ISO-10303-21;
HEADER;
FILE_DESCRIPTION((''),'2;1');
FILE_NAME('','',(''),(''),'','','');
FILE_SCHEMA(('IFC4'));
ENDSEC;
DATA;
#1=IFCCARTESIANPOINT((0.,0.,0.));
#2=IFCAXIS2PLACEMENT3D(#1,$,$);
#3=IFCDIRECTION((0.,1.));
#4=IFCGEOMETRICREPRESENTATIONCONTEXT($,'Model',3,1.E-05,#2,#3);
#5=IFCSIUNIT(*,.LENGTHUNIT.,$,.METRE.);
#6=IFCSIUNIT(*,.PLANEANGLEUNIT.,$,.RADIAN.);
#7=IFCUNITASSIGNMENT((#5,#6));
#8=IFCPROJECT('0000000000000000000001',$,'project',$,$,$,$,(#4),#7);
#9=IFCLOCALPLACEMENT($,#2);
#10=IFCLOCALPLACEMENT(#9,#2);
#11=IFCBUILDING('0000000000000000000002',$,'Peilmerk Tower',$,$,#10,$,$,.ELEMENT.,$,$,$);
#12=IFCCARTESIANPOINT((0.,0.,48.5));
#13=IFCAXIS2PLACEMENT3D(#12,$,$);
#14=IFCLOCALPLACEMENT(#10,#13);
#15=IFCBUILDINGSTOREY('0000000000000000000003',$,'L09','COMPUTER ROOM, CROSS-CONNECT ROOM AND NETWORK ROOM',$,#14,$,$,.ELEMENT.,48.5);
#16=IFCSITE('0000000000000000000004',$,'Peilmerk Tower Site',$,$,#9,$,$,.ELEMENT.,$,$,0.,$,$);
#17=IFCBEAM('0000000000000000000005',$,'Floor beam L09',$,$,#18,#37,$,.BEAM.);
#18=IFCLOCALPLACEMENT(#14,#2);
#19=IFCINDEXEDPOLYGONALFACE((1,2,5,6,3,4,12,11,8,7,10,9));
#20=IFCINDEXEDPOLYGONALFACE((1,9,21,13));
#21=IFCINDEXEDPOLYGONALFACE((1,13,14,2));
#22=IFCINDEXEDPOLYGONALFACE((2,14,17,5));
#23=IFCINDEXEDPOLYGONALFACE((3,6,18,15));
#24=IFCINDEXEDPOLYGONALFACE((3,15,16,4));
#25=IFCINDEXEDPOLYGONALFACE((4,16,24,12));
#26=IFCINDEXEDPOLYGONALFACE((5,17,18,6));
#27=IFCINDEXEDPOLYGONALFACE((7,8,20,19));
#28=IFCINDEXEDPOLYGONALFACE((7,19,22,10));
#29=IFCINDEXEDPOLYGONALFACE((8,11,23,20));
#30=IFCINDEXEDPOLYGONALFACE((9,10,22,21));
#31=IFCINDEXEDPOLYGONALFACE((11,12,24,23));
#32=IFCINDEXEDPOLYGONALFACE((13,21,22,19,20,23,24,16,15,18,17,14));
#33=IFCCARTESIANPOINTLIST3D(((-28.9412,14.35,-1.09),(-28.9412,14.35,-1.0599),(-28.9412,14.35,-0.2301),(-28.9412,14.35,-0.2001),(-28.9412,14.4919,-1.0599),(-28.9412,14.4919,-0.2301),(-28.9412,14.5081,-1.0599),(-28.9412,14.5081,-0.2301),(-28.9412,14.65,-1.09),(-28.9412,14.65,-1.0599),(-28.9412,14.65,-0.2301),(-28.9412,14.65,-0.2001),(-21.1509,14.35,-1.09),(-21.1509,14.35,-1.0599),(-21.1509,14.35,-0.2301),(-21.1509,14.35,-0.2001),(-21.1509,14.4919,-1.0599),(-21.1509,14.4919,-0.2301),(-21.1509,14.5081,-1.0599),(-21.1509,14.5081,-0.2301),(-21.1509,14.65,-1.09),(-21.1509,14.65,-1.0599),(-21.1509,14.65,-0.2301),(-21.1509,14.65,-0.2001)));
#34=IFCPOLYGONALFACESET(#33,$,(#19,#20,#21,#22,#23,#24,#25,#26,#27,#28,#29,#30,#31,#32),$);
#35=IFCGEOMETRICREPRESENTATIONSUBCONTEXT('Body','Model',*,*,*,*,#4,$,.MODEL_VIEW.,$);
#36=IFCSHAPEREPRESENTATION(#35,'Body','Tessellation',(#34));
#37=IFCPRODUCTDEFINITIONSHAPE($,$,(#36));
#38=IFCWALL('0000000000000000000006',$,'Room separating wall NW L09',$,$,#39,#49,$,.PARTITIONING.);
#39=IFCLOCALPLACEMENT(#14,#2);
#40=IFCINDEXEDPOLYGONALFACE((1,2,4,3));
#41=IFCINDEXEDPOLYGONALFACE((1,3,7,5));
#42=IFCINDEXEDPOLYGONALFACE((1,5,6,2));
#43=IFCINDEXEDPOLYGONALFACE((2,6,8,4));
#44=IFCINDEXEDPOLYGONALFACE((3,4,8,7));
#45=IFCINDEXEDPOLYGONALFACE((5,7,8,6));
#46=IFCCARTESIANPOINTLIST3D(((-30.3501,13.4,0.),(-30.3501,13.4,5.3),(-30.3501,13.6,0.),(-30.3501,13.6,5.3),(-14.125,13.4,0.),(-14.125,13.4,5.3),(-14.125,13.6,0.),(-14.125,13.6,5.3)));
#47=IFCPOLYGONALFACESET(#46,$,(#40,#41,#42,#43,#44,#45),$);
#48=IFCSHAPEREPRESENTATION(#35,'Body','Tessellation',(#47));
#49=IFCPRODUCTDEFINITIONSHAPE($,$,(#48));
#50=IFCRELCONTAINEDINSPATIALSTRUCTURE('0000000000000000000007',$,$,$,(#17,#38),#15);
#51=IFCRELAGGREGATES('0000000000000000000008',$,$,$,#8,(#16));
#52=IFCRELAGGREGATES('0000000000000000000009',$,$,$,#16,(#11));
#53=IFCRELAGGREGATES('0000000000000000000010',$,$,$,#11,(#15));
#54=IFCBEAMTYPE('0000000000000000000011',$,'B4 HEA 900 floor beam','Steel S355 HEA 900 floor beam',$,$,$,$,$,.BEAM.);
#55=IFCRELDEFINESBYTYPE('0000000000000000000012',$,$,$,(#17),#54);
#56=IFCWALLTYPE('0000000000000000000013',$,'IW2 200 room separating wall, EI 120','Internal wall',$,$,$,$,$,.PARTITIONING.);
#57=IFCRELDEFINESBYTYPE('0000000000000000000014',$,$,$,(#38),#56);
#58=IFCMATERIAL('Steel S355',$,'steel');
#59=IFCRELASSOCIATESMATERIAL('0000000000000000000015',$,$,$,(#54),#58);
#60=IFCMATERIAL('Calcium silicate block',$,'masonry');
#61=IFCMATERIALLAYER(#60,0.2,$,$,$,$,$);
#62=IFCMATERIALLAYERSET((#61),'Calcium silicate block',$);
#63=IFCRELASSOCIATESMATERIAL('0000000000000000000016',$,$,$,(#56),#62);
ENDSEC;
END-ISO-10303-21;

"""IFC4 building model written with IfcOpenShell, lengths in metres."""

from ifc_helpers import new_model, si_unit, direction, frame, frame_2d, origin, origin_2d, place, context, subcontext, project, spatial, rectangle, i_section, extrude, material, layer, layer_set, material_profile, profile_set, type_object, element, save


model = new_model("IFC4")

# Units and contexts
model_context = context("Model", 3, precision=1e-05, world=origin(), true_north=direction((0.0, 1.0)))
body_context = subcontext(model_context, "Body", "Model", "MODEL_VIEW")
ifc_project = project(units=[si_unit("LENGTHUNIT", "METRE"), si_unit("PLANEANGLEUNIT", "RADIAN")], contexts=[model_context])

# Site, building, storey
site_placement = place(None, origin())
site = spatial("IfcSite", under=ifc_project, at=site_placement, Name="Peilmerk Tower Site", CompositionType="ELEMENT", RefElevation=0.0)
building_placement = place(site_placement, origin())
building = spatial("IfcBuilding", under=site, at=building_placement, Name="Peilmerk Tower", CompositionType="ELEMENT")
storey_placement = place(building_placement, frame((0.0, 0.0, 48.5)))
storey = spatial("IfcBuildingStorey", under=building, at=storey_placement, Name="L09", Description="COMPUTER ROOM, CROSS-CONNECT ROOM AND NETWORK ROOM", CompositionType="ELEMENT", Elevation=48.5)

# Beam
ifc_material_1 = material(Name="Steel S355", Category="steel")
ifc_material_profile_1 = material_profile(ifc_material_1, i_section(OverallWidth=0.3, OverallDepth=0.8899, WebThickness=0.0161, FlangeThickness=0.03, at=origin_2d()), Name="HEA 900")
ifc_profile_set_1 = profile_set([ifc_material_profile_1], Name="Steel S355")
beam_type_1 = type_object("IfcBeamType", Name="B4 HEA 900 floor beam", Description="Steel S355 HEA 900 floor beam", PredefinedType="BEAM", material=ifc_profile_set_1)
beam_1_placement = place(storey_placement, frame((-21.1509, 14.5, -0.645), z_axis=(-1.0, 0.0, 0.0), x_axis=(0.0, -1.0, 0.0)))
element("IfcBeam", 1, at=beam_1_placement, inside=storey, type_object=beam_type_1, Name="Floor beam L09", PredefinedType="BEAM", context=body_context, shape_type="SweptSolid", body=[
    extrude(i_section(OverallWidth=0.3, OverallDepth=0.8899, WebThickness=0.0161, FlangeThickness=0.03, at=origin_2d()), origin(), (0.0, 0.0, 1.0), 7.7903),
])

# Wall
ifc_material_2 = material(Name="Calcium silicate block", Category="masonry")
ifc_layer = layer(ifc_material_2, 0.2)
ifc_layer_set = layer_set([ifc_layer], Name="Calcium silicate block")
wall_type = type_object("IfcWallType", Name="IW2 200 room separating wall, EI 120", Description="Internal wall", PredefinedType="PARTITIONING", material=ifc_layer_set)
wall_placement = place(storey_placement, frame((-30.3501, 13.5, 0.0), z_axis=(0.0, 0.0, 1.0), x_axis=(1.0, 0.0, 0.0)))
element("IfcWall", 2, at=wall_placement, inside=storey, type_object=wall_type, Name="Room separating wall NW L09", PredefinedType="PARTITIONING", context=body_context, shape_type="SweptSolid", body=[
    extrude(rectangle(XDim=16.2251, YDim=0.2, at=frame_2d((8.1125, 0.0))), origin(), (0.0, 0.0, 1.0), 5.3),
])

save(model, "model.ifc")
